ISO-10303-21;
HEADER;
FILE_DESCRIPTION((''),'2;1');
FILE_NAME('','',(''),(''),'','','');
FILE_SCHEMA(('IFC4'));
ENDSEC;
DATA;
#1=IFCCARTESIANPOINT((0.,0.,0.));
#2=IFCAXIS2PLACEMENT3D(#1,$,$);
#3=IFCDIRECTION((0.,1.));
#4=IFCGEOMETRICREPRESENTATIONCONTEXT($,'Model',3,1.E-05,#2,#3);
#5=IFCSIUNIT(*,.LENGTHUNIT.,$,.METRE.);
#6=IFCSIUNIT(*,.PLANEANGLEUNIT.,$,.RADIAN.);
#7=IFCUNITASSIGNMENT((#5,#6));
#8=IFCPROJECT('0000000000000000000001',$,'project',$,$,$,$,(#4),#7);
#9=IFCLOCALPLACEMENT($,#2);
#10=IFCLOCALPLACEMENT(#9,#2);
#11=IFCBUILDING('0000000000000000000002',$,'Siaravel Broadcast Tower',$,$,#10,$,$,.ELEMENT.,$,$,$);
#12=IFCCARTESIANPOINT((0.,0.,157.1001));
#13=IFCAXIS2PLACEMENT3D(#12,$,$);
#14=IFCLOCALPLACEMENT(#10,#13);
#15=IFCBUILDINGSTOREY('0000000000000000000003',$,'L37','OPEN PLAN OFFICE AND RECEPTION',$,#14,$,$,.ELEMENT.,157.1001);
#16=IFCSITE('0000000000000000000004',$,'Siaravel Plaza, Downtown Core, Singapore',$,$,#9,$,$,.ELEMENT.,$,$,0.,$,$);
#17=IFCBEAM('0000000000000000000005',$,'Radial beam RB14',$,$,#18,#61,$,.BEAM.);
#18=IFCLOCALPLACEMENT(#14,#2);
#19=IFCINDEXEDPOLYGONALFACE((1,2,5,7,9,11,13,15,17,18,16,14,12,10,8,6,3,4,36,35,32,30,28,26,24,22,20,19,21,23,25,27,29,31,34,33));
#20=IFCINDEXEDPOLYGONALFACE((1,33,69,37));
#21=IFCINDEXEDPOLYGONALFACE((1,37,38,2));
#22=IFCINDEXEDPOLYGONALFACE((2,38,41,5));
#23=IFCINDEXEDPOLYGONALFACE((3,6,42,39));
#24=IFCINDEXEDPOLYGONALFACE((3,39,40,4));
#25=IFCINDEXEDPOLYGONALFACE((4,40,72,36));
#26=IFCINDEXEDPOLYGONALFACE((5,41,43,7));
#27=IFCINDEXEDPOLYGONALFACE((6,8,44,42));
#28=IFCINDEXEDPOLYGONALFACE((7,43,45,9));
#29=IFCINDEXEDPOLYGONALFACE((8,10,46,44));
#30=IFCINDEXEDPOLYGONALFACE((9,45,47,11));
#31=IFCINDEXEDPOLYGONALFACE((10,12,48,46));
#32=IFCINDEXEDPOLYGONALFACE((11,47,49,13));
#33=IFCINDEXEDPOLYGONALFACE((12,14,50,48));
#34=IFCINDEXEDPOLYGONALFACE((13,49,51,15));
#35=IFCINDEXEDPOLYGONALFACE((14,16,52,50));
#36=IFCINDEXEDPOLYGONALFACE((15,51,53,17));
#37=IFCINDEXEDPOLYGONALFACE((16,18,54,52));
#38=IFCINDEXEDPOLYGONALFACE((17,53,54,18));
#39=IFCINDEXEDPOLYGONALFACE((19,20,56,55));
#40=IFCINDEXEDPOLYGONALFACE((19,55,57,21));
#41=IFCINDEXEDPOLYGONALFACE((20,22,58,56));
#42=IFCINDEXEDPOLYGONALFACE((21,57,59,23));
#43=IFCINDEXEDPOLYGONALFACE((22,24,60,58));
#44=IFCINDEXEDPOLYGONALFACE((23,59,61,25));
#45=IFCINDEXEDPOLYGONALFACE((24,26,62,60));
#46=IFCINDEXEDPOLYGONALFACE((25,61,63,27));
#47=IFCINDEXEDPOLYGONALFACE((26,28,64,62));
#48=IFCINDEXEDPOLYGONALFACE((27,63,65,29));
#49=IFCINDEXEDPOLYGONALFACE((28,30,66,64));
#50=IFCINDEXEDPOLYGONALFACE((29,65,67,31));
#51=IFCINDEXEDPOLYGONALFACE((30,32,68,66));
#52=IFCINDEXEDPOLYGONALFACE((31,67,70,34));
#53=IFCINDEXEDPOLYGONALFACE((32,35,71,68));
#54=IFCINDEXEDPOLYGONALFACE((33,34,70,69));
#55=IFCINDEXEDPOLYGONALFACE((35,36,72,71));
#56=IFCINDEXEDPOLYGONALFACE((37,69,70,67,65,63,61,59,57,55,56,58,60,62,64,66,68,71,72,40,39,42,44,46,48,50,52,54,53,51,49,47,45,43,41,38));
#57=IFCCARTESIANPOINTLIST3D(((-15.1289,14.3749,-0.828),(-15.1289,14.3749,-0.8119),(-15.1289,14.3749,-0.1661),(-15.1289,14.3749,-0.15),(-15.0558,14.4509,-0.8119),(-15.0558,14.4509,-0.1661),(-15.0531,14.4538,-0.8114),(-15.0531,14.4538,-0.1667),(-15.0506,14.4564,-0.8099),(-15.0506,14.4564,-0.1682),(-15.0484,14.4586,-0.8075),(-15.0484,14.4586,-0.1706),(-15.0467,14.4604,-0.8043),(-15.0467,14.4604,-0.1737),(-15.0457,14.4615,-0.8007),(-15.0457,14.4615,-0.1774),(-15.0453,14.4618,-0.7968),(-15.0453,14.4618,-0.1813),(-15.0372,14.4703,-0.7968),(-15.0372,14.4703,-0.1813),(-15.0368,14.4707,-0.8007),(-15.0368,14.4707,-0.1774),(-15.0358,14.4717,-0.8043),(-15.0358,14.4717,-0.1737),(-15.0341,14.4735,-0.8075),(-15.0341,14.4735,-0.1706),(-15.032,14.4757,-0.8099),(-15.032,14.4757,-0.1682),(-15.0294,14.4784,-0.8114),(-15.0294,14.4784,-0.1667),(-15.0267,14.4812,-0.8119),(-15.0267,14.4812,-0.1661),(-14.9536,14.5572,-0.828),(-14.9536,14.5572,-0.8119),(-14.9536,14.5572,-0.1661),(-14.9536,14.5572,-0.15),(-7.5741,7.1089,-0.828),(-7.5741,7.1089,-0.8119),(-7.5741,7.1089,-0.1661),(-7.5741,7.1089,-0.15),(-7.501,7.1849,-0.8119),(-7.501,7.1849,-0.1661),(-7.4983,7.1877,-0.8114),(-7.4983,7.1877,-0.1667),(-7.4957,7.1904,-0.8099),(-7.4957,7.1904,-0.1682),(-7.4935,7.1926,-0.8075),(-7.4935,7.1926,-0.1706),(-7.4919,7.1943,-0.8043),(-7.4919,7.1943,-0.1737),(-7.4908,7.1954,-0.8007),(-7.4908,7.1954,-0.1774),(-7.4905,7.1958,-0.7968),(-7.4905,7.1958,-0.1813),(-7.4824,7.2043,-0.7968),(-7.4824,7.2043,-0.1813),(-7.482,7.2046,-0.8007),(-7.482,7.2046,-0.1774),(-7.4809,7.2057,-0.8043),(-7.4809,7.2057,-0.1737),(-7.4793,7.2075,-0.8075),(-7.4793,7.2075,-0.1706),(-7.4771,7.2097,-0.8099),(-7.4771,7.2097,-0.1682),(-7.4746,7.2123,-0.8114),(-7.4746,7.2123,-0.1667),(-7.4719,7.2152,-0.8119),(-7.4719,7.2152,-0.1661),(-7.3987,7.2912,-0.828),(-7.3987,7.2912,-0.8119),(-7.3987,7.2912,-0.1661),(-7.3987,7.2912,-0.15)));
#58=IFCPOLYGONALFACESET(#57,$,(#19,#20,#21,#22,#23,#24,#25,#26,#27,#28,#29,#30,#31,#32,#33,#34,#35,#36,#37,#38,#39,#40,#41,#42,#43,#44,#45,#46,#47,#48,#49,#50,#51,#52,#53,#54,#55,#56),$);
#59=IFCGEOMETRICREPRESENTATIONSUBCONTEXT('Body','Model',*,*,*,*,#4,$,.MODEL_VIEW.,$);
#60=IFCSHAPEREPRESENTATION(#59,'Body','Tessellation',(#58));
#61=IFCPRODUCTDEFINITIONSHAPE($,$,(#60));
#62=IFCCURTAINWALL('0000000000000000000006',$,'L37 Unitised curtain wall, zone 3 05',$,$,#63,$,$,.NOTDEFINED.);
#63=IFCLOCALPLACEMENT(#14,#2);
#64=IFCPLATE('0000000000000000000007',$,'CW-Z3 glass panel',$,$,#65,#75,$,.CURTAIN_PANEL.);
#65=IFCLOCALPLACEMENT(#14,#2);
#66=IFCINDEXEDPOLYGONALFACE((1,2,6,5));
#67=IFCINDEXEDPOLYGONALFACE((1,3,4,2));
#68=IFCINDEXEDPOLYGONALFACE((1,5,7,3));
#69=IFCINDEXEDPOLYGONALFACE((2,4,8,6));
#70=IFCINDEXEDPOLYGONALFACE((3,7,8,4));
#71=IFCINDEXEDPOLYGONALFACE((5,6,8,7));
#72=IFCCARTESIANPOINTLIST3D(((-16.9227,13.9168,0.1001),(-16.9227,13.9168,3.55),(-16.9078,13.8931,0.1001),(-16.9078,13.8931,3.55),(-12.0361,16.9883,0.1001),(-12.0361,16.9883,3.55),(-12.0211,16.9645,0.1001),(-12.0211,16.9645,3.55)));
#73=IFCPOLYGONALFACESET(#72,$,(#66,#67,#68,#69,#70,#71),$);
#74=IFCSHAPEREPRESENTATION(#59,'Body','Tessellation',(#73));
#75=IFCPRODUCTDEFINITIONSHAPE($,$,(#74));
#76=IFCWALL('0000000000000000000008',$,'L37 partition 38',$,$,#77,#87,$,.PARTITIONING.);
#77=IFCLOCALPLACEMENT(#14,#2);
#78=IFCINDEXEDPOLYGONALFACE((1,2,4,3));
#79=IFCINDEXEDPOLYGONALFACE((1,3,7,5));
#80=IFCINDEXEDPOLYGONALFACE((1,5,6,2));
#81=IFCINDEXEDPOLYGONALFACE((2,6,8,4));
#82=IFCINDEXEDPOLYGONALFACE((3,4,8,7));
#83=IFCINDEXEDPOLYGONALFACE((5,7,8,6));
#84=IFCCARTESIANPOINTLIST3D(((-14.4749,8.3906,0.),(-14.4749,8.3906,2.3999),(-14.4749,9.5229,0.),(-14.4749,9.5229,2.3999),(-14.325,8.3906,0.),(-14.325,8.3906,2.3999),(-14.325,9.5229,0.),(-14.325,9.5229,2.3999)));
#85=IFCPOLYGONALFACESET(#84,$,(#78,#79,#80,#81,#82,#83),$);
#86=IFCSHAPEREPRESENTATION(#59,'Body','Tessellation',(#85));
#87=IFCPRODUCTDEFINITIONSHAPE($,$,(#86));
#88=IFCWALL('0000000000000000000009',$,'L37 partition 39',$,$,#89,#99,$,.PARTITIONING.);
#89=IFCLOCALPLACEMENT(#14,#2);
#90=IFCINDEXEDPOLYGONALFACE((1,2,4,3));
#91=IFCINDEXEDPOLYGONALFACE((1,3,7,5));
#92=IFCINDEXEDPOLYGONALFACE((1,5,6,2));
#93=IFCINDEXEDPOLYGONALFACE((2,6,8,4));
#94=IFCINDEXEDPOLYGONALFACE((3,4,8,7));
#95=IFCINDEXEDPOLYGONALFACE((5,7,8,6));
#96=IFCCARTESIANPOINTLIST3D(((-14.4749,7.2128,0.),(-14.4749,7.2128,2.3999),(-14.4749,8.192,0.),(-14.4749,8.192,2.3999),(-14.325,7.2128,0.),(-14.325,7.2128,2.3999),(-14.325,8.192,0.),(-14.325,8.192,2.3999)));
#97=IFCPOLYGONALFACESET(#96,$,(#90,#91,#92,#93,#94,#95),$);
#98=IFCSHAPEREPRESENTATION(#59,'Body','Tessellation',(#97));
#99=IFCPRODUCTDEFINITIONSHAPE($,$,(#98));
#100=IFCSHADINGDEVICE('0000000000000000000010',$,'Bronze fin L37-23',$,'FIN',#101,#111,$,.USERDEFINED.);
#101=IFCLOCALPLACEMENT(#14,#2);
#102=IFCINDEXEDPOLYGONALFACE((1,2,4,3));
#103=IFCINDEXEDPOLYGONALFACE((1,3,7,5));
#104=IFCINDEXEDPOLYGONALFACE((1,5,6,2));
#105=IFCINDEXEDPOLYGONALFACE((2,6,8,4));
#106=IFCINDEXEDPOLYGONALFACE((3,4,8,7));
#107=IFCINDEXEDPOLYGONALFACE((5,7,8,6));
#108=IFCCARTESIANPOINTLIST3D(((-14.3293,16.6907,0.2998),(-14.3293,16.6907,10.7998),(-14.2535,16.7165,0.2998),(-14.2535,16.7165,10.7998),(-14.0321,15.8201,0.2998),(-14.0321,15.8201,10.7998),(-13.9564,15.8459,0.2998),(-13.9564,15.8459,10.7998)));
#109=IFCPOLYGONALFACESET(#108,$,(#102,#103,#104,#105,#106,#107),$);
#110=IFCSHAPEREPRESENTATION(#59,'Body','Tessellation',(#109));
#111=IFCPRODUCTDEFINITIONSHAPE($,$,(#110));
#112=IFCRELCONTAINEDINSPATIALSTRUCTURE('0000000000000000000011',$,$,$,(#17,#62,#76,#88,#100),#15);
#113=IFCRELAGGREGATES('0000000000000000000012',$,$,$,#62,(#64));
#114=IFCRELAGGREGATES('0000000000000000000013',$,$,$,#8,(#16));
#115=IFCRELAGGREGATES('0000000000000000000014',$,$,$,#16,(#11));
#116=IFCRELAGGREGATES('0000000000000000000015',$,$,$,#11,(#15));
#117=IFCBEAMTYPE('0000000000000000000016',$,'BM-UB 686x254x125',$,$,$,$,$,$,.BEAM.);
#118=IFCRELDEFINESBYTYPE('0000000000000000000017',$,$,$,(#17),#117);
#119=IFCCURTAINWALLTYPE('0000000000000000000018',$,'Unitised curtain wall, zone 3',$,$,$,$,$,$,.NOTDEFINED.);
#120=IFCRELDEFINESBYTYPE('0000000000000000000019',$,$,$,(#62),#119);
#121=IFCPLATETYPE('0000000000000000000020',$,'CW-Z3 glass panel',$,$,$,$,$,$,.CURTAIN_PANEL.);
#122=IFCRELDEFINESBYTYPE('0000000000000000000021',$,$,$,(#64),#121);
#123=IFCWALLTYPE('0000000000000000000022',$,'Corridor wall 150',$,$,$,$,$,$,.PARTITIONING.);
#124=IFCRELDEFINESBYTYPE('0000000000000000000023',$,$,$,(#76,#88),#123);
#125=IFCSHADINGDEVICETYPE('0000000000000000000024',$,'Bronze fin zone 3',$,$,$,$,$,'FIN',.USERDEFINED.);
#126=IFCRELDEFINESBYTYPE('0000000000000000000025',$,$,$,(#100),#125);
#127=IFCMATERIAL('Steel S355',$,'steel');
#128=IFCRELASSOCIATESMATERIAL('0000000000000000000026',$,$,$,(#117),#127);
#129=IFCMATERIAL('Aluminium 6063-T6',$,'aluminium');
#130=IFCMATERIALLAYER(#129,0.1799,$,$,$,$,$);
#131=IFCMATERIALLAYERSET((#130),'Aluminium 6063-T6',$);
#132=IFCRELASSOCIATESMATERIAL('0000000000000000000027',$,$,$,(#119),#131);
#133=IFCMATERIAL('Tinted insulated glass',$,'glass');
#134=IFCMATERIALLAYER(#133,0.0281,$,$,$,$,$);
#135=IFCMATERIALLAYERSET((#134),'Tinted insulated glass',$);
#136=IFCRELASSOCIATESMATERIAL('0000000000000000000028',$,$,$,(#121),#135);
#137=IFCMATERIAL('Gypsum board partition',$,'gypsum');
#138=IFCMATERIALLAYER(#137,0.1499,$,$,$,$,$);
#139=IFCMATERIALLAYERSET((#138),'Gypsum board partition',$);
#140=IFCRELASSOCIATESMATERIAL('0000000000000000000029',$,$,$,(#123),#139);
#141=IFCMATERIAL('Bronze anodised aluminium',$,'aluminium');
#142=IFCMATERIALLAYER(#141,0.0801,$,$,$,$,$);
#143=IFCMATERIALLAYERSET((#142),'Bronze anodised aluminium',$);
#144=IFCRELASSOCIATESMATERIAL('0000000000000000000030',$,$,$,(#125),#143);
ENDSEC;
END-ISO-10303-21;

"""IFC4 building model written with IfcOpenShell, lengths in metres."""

from ifc_helpers import new_model, si_unit, direction, frame, frame_2d, origin, origin_2d, place, context, subcontext, project, spatial, rectangle, i_section, extrude, material, layer, layer_set, material_profile, profile_set, type_object, element, aggregate, save


model = new_model("IFC4")

# Units and contexts
model_context = context("Model", 3, precision=1e-05, world=origin(), true_north=direction((0.0, 1.0)))
body_context = subcontext(model_context, "Body", "Model", "MODEL_VIEW")
ifc_project = project(units=[si_unit("LENGTHUNIT", "METRE"), si_unit("PLANEANGLEUNIT", "RADIAN")], contexts=[model_context])

# Site, building, storey
site_placement = place(None, origin())
site = spatial("IfcSite", under=ifc_project, at=site_placement, Name="Siaravel Plaza, Downtown Core, Singapore", CompositionType="ELEMENT", RefElevation=0.0)
building_placement = place(site_placement, origin())
building = spatial("IfcBuilding", under=site, at=building_placement, Name="Siaravel Broadcast Tower", CompositionType="ELEMENT")
storey_placement = place(building_placement, frame((0.0, 0.0, 157.1001)))
storey = spatial("IfcBuildingStorey", under=building, at=storey_placement, Name="L37", Description="OPEN PLAN OFFICE AND RECEPTION", CompositionType="ELEMENT", Elevation=157.1001)

# Beam
ifc_material_1 = material(Name="Steel S355", Category="steel")
ifc_material_profile = material_profile(ifc_material_1, i_section(OverallWidth=0.2529, OverallDepth=0.678, WebThickness=0.0117, FlangeThickness=0.0161, FilletRadius=0.0151, at=origin_2d()))
ifc_profile_set = profile_set([ifc_material_profile], Name="Steel S355")
beam_type = type_object("IfcBeamType", Name="BM-UB 686x254x125", PredefinedType="BEAM", material=ifc_profile_set)
beam_placement = place(storey_placement, frame((-15.0413, 14.4661, -0.489), z_axis=(0.720749, -0.693196, 0.0), x_axis=(0.693196, 0.720749, 0.0)))
element("IfcBeam", 1, at=beam_placement, inside=storey, type_object=beam_type, Name="Radial beam RB14", PredefinedType="BEAM", context=body_context, shape_type="SweptSolid", body=[
    extrude(i_section(OverallWidth=0.2529, OverallDepth=0.678, WebThickness=0.0117, FlangeThickness=0.0161, FilletRadius=0.0151, at=origin_2d()), origin(), (0.0, 0.0, 1.0), 10.4819),
])

# Curtain wall, plate
ifc_material_2 = material(Name="Aluminium 6063-T6", Category="aluminium")
ifc_layer_1 = layer(ifc_material_2, 0.1799)
ifc_layer_set_1 = layer_set([ifc_layer_1], Name="Aluminium 6063-T6")
curtain_wall_type = type_object("IfcCurtainWallType", Name="Unitised curtain wall, zone 3", PredefinedType="NOTDEFINED", material=ifc_layer_set_1)
curtain_wall_placement = place(storey_placement, origin())
curtain_wall = element("IfcCurtainWall", 2, at=curtain_wall_placement, inside=storey, type_object=curtain_wall_type, Name="L37 Unitised curtain wall, zone 3 05", PredefinedType="NOTDEFINED")
ifc_material_3 = material(Name="Tinted insulated glass", Category="glass")
ifc_layer_2 = layer(ifc_material_3, 0.0281)
ifc_layer_set_2 = layer_set([ifc_layer_2], Name="Tinted insulated glass")
plate_type = type_object("IfcPlateType", Name="CW-Z3 glass panel", PredefinedType="CURTAIN_PANEL", material=ifc_layer_set_2)
plate_placement = place(storey_placement, frame((-14.4719, 15.4407, 0.1001), z_axis=(0.0, 0.0, 1.0), x_axis=(-0.84665, -0.53215, 0.0)))
plate = element("IfcPlate", 3, at=plate_placement, type_object=plate_type, Name="CW-Z3 glass panel", PredefinedType="CURTAIN_PANEL", context=body_context, shape_type="SweptSolid", body=[
    extrude(rectangle(XDim=5.7717, YDim=0.0281, at=origin_2d()), origin(), (0.0, 0.0, 1.0), 3.45),
])
aggregate(curtain_wall, [plate])

# Shared definitions
ifc_material_4 = material(Name="Gypsum board partition", Category="gypsum")
ifc_layer_3 = layer(ifc_material_4, 0.1499)
ifc_layer_set_3 = layer_set([ifc_layer_3], Name="Gypsum board partition")
wall_type = type_object("IfcWallType", Name="Corridor wall 150", PredefinedType="PARTITIONING", material=ifc_layer_set_3)

# Walls
wall_1_placement = place(storey_placement, frame((-14.3999, 9.5229, 0.0), z_axis=(0.0, 0.0, 1.0), x_axis=(0.0, -1.0, 0.0)))
element("IfcWall", 4, at=wall_1_placement, inside=storey, type_object=wall_type, Name="L37 partition 38", PredefinedType="PARTITIONING", context=body_context, shape_type="SweptSolid", body=[
    extrude(rectangle(XDim=1.1323, YDim=0.1499, at=frame_2d((0.5662, 0.0))), origin(), (0.0, 0.0, 1.0), 2.3999),
])
wall_2_placement = place(storey_placement, frame((-14.3999, 8.1921, 0.0), z_axis=(0.0, 0.0, 1.0), x_axis=(0.0, -1.0, 0.0)))
element("IfcWall", 5, at=wall_2_placement, inside=storey, type_object=wall_type, Name="L37 partition 39", PredefinedType="PARTITIONING", context=body_context, shape_type="SweptSolid", body=[
    extrude(rectangle(XDim=0.9792, YDim=0.1499, at=frame_2d((0.4897, 0.0))), origin(), (0.0, 0.0, 1.0), 2.3999),
])

# Shading device
ifc_material_5 = material(Name="Bronze anodised aluminium", Category="aluminium")
ifc_layer_4 = layer(ifc_material_5, 0.0801)
ifc_layer_set_4 = layer_set([ifc_layer_4], Name="Bronze anodised aluminium")
shading_device_type = type_object("IfcShadingDeviceType", Name="Bronze fin zone 3", ElementType="FIN", PredefinedType="USERDEFINED", material=ifc_layer_set_4)
shading_device_placement = place(storey_placement, frame((-14.1428, 16.2683, 0.2998), z_axis=(0.0, 0.0, 1.0), x_axis=(-0.323019, 0.946392, 0.0)))
element("IfcShadingDevice", 6, at=shading_device_placement, inside=storey, type_object=shading_device_type, Name="Bronze fin L37-23", ObjectType="FIN", PredefinedType="USERDEFINED", context=body_context, shape_type="SweptSolid", body=[
    extrude(rectangle(XDim=0.9199, YDim=0.0801, at=origin_2d()), origin(), (0.0, 0.0, 1.0), 10.5),
])

save(model, "model.ifc")
